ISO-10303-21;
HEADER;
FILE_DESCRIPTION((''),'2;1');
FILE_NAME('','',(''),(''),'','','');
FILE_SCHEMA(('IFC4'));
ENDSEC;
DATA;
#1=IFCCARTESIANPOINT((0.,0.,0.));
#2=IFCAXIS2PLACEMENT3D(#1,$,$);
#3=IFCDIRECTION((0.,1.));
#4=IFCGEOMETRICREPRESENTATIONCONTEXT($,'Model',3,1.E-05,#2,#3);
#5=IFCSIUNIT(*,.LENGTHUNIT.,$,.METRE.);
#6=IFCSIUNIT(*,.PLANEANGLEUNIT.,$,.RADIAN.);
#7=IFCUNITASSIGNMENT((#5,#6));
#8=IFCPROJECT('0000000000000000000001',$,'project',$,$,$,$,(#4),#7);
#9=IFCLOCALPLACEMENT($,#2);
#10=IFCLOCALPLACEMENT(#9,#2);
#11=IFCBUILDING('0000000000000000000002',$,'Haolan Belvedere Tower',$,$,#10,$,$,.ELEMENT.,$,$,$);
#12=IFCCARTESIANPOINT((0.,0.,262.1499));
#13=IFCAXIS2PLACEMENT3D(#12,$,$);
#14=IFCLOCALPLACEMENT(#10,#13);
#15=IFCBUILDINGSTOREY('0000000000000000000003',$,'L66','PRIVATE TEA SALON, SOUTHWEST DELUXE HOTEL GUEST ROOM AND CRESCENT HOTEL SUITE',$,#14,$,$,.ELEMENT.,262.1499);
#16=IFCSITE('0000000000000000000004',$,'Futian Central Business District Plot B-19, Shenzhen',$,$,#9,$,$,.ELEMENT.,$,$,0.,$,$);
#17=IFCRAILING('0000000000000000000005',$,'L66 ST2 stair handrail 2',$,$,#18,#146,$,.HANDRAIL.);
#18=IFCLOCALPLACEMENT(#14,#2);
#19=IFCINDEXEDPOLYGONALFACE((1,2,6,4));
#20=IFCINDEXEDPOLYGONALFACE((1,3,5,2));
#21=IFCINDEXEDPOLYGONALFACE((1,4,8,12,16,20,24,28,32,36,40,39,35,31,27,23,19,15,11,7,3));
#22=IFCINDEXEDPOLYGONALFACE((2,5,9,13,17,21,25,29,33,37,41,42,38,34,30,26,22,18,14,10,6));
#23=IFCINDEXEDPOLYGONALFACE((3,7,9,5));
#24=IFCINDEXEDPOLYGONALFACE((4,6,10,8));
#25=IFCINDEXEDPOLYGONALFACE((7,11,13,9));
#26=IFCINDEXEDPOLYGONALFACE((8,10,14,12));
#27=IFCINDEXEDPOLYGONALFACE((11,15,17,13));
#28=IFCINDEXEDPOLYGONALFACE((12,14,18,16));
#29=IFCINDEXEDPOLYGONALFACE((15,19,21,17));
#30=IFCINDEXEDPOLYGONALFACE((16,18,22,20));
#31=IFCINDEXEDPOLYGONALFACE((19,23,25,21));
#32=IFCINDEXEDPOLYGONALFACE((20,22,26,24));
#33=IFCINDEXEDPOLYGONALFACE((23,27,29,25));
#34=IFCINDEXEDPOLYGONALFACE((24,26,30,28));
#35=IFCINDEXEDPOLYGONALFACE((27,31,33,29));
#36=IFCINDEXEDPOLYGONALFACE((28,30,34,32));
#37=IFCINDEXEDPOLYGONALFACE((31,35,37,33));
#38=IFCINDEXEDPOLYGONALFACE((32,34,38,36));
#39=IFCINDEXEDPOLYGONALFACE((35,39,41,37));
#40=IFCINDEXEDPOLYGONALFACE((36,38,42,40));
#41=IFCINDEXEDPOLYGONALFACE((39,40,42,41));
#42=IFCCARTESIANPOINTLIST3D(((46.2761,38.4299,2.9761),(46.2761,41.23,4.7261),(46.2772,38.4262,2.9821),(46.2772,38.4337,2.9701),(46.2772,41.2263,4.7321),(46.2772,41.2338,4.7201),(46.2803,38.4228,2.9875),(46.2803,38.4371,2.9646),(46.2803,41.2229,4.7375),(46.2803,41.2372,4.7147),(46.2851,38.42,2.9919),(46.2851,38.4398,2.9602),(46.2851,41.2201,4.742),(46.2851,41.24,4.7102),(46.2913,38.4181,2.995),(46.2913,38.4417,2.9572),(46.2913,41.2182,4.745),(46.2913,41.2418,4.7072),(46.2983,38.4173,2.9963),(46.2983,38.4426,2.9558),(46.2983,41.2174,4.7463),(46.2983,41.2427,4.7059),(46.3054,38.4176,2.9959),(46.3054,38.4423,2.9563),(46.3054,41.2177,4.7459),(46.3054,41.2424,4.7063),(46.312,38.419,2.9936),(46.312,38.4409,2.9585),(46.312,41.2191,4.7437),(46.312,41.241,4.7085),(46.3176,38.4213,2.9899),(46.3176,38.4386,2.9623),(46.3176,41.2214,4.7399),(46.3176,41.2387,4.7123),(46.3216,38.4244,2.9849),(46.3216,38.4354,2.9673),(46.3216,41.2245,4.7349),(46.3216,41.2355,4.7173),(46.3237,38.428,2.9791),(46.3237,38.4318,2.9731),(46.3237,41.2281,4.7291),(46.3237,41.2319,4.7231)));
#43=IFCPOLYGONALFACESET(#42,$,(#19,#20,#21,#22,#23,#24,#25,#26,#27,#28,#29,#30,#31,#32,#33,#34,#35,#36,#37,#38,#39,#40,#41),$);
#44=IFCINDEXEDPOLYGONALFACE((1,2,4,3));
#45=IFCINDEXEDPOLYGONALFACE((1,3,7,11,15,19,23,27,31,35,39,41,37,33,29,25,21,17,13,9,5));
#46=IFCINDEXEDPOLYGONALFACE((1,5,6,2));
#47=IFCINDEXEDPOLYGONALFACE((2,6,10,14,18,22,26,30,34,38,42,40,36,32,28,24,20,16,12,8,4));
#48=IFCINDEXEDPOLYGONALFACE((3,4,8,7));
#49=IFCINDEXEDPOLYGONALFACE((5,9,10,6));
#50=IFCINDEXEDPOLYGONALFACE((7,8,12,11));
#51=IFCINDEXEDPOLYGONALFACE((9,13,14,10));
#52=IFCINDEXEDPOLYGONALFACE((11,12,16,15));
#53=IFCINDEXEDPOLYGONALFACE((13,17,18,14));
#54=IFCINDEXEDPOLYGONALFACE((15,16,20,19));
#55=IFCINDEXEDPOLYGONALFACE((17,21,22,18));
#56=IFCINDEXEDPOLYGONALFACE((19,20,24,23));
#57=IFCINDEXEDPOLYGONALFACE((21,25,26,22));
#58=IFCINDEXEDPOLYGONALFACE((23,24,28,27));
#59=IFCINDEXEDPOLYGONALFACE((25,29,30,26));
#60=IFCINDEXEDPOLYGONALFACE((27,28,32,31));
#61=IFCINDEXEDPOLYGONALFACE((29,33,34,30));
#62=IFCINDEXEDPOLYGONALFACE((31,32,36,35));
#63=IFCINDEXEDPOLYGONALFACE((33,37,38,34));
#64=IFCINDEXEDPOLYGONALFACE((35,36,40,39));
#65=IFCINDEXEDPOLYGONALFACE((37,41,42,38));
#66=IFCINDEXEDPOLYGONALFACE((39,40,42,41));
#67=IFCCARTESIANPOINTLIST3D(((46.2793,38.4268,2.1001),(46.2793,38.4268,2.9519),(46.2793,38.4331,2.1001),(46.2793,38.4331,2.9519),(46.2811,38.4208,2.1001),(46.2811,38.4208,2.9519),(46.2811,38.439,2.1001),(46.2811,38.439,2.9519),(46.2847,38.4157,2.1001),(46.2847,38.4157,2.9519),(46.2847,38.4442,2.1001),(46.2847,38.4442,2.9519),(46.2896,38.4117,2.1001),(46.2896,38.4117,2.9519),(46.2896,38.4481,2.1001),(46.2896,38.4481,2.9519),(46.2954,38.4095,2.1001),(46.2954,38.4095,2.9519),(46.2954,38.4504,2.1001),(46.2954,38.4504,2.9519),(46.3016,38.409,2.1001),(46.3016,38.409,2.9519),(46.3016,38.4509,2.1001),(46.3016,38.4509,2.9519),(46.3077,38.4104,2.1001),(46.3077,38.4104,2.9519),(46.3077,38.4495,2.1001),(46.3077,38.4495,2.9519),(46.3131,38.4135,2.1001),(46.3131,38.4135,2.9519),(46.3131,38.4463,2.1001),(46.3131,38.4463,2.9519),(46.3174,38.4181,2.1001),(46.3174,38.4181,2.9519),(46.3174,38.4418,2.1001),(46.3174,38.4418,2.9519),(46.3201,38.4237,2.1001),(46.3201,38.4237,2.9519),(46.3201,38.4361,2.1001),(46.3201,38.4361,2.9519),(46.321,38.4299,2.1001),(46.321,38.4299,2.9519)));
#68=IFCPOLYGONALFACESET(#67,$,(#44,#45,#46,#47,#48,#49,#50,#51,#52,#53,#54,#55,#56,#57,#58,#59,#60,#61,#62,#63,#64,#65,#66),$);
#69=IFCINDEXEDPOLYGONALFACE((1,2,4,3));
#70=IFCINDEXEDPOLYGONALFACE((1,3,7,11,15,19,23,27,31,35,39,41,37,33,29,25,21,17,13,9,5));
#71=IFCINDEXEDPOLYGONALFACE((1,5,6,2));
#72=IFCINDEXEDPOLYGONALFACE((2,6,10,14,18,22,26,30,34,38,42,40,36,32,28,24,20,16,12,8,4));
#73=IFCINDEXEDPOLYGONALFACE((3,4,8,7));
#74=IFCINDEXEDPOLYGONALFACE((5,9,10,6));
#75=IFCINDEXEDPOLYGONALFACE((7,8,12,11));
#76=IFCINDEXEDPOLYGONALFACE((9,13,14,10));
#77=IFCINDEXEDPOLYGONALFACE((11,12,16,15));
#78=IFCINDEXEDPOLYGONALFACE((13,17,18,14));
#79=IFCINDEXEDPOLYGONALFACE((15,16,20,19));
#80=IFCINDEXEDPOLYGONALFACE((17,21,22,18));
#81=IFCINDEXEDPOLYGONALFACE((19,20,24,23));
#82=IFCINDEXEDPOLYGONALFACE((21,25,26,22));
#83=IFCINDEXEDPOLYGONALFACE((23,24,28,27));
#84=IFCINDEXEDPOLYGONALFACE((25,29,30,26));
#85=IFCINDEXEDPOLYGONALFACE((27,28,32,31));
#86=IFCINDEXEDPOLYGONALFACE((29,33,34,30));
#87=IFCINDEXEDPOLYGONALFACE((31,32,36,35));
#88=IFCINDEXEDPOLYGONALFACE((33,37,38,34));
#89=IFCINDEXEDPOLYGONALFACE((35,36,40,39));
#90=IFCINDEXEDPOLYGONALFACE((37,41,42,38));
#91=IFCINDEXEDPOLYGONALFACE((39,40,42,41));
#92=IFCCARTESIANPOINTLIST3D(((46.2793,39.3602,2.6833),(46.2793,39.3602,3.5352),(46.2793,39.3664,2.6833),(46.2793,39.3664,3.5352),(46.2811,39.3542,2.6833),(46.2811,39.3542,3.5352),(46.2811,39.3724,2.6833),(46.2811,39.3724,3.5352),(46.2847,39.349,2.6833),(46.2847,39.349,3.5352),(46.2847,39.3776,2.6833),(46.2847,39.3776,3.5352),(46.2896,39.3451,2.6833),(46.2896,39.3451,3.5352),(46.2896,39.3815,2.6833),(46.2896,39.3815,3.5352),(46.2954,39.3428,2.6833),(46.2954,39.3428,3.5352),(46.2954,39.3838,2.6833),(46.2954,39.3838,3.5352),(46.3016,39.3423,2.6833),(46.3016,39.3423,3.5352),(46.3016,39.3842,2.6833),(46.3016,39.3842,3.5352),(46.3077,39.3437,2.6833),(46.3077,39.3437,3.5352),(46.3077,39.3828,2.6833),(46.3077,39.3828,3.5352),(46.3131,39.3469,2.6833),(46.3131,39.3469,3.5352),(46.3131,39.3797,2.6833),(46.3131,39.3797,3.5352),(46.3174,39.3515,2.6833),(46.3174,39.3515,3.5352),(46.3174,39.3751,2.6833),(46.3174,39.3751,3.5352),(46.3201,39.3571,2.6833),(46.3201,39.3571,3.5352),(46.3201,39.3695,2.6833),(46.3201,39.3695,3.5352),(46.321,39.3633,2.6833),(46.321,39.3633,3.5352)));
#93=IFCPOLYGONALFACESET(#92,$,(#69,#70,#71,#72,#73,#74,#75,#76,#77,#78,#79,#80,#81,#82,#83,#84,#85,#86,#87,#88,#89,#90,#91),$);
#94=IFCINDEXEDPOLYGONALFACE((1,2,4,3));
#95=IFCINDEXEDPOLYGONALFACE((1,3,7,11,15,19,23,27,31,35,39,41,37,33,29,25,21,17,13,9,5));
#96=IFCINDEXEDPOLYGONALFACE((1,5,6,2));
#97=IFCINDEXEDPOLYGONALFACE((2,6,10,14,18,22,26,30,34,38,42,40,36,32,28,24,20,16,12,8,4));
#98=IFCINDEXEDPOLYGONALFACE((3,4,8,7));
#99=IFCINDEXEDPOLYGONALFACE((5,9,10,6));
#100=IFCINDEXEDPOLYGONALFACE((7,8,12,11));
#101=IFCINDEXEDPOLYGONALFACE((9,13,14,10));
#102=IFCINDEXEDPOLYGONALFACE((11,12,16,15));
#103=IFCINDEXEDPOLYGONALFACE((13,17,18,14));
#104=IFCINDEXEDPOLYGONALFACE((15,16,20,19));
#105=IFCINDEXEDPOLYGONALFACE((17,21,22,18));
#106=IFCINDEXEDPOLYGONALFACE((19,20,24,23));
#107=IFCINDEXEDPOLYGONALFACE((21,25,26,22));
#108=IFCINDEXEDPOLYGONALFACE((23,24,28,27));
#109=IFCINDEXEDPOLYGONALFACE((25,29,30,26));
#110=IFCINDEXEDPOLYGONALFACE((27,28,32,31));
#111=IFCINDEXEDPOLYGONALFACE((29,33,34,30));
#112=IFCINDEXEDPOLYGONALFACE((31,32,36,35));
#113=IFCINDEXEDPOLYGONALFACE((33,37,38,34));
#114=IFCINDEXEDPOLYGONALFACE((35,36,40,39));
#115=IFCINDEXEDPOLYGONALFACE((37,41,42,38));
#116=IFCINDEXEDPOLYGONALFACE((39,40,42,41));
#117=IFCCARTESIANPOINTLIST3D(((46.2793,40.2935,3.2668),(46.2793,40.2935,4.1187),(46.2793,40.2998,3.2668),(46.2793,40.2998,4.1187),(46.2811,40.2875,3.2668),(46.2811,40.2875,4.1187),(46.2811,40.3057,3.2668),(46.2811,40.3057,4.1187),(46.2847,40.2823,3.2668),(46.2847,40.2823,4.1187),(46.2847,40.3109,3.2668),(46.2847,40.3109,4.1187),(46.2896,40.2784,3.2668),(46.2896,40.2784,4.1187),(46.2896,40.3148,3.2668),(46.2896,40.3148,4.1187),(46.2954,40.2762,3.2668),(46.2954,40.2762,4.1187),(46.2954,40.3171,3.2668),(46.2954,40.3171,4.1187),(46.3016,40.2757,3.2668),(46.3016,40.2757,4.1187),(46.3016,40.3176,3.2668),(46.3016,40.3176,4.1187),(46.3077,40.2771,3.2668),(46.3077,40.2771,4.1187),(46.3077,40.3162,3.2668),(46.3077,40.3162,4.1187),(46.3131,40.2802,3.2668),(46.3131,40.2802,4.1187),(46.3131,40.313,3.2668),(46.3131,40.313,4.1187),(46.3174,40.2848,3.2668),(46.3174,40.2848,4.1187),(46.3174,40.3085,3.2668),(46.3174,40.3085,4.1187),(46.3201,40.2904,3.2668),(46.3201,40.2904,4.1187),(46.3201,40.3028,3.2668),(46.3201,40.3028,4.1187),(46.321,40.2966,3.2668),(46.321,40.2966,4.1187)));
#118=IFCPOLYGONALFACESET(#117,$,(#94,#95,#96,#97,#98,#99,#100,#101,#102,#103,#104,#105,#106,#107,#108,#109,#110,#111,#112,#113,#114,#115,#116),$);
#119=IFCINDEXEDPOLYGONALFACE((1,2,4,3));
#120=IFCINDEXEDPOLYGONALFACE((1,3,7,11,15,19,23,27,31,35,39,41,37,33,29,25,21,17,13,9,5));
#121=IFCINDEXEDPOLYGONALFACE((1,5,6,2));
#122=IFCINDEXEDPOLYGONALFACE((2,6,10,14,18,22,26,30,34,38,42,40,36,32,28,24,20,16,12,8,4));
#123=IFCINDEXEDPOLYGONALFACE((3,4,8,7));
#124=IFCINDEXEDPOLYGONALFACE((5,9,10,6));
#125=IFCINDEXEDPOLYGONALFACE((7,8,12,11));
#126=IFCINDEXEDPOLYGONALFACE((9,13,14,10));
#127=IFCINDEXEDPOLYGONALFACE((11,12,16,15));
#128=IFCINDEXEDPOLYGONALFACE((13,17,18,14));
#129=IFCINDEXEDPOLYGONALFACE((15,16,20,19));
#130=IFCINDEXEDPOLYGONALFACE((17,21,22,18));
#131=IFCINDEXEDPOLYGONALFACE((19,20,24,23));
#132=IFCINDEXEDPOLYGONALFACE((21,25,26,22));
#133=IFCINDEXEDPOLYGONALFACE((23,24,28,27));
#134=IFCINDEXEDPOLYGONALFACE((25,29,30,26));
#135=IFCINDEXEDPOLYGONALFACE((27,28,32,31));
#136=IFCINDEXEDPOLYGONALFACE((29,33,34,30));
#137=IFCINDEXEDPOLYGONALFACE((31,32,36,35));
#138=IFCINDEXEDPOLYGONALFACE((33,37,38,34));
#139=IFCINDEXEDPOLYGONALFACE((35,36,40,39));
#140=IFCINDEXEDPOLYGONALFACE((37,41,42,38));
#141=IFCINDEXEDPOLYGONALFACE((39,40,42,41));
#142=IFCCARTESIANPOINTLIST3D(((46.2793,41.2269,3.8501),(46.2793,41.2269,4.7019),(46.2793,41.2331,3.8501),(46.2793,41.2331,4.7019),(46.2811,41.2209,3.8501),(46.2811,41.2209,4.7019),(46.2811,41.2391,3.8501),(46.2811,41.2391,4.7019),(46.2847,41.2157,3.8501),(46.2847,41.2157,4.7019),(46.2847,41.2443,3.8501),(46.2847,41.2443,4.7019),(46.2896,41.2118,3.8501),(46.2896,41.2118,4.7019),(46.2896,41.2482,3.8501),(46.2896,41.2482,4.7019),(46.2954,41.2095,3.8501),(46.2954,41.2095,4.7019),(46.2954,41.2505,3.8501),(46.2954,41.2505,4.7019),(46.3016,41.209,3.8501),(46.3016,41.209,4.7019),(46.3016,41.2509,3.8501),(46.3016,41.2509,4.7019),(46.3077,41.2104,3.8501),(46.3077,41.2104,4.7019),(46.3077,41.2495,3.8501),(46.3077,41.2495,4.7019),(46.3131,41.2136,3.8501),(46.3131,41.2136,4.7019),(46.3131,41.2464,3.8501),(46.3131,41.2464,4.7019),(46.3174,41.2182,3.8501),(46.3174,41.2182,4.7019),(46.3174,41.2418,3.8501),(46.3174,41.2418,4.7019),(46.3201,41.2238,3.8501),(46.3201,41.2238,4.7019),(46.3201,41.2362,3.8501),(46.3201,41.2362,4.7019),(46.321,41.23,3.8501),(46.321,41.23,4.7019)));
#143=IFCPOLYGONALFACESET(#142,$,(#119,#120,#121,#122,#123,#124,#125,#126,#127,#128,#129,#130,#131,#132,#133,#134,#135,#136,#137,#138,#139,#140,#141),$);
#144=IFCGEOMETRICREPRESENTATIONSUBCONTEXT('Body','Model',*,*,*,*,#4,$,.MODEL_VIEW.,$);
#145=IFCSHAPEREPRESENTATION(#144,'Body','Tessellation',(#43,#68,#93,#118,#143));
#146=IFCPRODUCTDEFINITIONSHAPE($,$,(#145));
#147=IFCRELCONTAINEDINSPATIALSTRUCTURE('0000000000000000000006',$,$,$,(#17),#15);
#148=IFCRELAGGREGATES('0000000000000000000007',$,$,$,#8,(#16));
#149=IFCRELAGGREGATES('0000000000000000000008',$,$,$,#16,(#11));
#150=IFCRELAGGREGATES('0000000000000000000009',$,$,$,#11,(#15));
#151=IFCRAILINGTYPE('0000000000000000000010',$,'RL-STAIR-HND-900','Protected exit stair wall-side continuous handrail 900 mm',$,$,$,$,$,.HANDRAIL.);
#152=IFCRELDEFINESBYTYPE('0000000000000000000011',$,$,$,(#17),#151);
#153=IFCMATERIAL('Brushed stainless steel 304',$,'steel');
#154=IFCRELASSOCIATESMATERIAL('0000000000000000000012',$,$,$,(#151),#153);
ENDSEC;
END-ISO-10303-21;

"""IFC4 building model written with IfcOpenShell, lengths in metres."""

from ifc_helpers import new_model, si_unit, direction, frame, origin, origin_2d, place, context, subcontext, project, spatial, circle, extrude, material, type_object, element, save


model = new_model("IFC4")

# Units and contexts
model_context = context("Model", 3, precision=1e-05, world=origin(), true_north=direction((0.0, 1.0)))
body_context = subcontext(model_context, "Body", "Model", "MODEL_VIEW")
ifc_project = project(units=[si_unit("LENGTHUNIT", "METRE"), si_unit("PLANEANGLEUNIT", "RADIAN")], contexts=[model_context])

# Site, building, storey
site_placement = place(None, origin())
site = spatial("IfcSite", under=ifc_project, at=site_placement, Name="Futian Central Business District Plot B-19, Shenzhen", CompositionType="ELEMENT", RefElevation=0.0)
building_placement = place(site_placement, origin())
building = spatial("IfcBuilding", under=site, at=building_placement, Name="Haolan Belvedere Tower", CompositionType="ELEMENT")
storey_placement = place(building_placement, frame((0.0, 0.0, 262.1499)))
storey = spatial("IfcBuildingStorey", under=building, at=storey_placement, Name="L66", Description="PRIVATE TEA SALON, SOUTHWEST DELUXE HOTEL GUEST ROOM AND CRESCENT HOTEL SUITE", CompositionType="ELEMENT", Elevation=262.1499)

# Railing
ifc_material_1 = material(Name="Brushed stainless steel 304", Category="steel")
railing_type = type_object("IfcRailingType", Name="RL-STAIR-HND-900", Description="Protected exit stair wall-side continuous handrail 900 mm", PredefinedType="HANDRAIL", material=ifc_material_1)
railing_placement = place(storey_placement, frame((46.3, 38.4299, 2.1001)))
element("IfcRailing", 1, at=railing_placement, inside=storey, type_object=railing_type, Name="L66 ST2 stair handrail 2", PredefinedType="HANDRAIL", context=body_context, shape_type="SweptSolid", body=[
    extrude(circle(Radius=0.0239, at=origin_2d()), frame((0.0, 0.0, 0.876), z_axis=(0.0, 0.848002, 0.529992), x_axis=(-1.0, 0.0, 0.0)), (0.0, 0.0, 1.0), 3.302),
    extrude(circle(Radius=0.021, at=origin_2d()), origin(), (0.0, 0.0, 1.0), 0.8518),
    extrude(circle(Radius=0.021, at=origin_2d()), frame((0.0, 0.9333, 0.5833)), (0.0, 0.0, 1.0), 0.8518),
    extrude(circle(Radius=0.021, at=origin_2d()), frame((0.0, 1.8667, 1.1667)), (0.0, 0.0, 1.0), 0.8518),
    extrude(circle(Radius=0.021, at=origin_2d()), frame((0.0, 2.8, 1.75)), (0.0, 0.0, 1.0), 0.8518),
])

save(model, "model.ifc")
